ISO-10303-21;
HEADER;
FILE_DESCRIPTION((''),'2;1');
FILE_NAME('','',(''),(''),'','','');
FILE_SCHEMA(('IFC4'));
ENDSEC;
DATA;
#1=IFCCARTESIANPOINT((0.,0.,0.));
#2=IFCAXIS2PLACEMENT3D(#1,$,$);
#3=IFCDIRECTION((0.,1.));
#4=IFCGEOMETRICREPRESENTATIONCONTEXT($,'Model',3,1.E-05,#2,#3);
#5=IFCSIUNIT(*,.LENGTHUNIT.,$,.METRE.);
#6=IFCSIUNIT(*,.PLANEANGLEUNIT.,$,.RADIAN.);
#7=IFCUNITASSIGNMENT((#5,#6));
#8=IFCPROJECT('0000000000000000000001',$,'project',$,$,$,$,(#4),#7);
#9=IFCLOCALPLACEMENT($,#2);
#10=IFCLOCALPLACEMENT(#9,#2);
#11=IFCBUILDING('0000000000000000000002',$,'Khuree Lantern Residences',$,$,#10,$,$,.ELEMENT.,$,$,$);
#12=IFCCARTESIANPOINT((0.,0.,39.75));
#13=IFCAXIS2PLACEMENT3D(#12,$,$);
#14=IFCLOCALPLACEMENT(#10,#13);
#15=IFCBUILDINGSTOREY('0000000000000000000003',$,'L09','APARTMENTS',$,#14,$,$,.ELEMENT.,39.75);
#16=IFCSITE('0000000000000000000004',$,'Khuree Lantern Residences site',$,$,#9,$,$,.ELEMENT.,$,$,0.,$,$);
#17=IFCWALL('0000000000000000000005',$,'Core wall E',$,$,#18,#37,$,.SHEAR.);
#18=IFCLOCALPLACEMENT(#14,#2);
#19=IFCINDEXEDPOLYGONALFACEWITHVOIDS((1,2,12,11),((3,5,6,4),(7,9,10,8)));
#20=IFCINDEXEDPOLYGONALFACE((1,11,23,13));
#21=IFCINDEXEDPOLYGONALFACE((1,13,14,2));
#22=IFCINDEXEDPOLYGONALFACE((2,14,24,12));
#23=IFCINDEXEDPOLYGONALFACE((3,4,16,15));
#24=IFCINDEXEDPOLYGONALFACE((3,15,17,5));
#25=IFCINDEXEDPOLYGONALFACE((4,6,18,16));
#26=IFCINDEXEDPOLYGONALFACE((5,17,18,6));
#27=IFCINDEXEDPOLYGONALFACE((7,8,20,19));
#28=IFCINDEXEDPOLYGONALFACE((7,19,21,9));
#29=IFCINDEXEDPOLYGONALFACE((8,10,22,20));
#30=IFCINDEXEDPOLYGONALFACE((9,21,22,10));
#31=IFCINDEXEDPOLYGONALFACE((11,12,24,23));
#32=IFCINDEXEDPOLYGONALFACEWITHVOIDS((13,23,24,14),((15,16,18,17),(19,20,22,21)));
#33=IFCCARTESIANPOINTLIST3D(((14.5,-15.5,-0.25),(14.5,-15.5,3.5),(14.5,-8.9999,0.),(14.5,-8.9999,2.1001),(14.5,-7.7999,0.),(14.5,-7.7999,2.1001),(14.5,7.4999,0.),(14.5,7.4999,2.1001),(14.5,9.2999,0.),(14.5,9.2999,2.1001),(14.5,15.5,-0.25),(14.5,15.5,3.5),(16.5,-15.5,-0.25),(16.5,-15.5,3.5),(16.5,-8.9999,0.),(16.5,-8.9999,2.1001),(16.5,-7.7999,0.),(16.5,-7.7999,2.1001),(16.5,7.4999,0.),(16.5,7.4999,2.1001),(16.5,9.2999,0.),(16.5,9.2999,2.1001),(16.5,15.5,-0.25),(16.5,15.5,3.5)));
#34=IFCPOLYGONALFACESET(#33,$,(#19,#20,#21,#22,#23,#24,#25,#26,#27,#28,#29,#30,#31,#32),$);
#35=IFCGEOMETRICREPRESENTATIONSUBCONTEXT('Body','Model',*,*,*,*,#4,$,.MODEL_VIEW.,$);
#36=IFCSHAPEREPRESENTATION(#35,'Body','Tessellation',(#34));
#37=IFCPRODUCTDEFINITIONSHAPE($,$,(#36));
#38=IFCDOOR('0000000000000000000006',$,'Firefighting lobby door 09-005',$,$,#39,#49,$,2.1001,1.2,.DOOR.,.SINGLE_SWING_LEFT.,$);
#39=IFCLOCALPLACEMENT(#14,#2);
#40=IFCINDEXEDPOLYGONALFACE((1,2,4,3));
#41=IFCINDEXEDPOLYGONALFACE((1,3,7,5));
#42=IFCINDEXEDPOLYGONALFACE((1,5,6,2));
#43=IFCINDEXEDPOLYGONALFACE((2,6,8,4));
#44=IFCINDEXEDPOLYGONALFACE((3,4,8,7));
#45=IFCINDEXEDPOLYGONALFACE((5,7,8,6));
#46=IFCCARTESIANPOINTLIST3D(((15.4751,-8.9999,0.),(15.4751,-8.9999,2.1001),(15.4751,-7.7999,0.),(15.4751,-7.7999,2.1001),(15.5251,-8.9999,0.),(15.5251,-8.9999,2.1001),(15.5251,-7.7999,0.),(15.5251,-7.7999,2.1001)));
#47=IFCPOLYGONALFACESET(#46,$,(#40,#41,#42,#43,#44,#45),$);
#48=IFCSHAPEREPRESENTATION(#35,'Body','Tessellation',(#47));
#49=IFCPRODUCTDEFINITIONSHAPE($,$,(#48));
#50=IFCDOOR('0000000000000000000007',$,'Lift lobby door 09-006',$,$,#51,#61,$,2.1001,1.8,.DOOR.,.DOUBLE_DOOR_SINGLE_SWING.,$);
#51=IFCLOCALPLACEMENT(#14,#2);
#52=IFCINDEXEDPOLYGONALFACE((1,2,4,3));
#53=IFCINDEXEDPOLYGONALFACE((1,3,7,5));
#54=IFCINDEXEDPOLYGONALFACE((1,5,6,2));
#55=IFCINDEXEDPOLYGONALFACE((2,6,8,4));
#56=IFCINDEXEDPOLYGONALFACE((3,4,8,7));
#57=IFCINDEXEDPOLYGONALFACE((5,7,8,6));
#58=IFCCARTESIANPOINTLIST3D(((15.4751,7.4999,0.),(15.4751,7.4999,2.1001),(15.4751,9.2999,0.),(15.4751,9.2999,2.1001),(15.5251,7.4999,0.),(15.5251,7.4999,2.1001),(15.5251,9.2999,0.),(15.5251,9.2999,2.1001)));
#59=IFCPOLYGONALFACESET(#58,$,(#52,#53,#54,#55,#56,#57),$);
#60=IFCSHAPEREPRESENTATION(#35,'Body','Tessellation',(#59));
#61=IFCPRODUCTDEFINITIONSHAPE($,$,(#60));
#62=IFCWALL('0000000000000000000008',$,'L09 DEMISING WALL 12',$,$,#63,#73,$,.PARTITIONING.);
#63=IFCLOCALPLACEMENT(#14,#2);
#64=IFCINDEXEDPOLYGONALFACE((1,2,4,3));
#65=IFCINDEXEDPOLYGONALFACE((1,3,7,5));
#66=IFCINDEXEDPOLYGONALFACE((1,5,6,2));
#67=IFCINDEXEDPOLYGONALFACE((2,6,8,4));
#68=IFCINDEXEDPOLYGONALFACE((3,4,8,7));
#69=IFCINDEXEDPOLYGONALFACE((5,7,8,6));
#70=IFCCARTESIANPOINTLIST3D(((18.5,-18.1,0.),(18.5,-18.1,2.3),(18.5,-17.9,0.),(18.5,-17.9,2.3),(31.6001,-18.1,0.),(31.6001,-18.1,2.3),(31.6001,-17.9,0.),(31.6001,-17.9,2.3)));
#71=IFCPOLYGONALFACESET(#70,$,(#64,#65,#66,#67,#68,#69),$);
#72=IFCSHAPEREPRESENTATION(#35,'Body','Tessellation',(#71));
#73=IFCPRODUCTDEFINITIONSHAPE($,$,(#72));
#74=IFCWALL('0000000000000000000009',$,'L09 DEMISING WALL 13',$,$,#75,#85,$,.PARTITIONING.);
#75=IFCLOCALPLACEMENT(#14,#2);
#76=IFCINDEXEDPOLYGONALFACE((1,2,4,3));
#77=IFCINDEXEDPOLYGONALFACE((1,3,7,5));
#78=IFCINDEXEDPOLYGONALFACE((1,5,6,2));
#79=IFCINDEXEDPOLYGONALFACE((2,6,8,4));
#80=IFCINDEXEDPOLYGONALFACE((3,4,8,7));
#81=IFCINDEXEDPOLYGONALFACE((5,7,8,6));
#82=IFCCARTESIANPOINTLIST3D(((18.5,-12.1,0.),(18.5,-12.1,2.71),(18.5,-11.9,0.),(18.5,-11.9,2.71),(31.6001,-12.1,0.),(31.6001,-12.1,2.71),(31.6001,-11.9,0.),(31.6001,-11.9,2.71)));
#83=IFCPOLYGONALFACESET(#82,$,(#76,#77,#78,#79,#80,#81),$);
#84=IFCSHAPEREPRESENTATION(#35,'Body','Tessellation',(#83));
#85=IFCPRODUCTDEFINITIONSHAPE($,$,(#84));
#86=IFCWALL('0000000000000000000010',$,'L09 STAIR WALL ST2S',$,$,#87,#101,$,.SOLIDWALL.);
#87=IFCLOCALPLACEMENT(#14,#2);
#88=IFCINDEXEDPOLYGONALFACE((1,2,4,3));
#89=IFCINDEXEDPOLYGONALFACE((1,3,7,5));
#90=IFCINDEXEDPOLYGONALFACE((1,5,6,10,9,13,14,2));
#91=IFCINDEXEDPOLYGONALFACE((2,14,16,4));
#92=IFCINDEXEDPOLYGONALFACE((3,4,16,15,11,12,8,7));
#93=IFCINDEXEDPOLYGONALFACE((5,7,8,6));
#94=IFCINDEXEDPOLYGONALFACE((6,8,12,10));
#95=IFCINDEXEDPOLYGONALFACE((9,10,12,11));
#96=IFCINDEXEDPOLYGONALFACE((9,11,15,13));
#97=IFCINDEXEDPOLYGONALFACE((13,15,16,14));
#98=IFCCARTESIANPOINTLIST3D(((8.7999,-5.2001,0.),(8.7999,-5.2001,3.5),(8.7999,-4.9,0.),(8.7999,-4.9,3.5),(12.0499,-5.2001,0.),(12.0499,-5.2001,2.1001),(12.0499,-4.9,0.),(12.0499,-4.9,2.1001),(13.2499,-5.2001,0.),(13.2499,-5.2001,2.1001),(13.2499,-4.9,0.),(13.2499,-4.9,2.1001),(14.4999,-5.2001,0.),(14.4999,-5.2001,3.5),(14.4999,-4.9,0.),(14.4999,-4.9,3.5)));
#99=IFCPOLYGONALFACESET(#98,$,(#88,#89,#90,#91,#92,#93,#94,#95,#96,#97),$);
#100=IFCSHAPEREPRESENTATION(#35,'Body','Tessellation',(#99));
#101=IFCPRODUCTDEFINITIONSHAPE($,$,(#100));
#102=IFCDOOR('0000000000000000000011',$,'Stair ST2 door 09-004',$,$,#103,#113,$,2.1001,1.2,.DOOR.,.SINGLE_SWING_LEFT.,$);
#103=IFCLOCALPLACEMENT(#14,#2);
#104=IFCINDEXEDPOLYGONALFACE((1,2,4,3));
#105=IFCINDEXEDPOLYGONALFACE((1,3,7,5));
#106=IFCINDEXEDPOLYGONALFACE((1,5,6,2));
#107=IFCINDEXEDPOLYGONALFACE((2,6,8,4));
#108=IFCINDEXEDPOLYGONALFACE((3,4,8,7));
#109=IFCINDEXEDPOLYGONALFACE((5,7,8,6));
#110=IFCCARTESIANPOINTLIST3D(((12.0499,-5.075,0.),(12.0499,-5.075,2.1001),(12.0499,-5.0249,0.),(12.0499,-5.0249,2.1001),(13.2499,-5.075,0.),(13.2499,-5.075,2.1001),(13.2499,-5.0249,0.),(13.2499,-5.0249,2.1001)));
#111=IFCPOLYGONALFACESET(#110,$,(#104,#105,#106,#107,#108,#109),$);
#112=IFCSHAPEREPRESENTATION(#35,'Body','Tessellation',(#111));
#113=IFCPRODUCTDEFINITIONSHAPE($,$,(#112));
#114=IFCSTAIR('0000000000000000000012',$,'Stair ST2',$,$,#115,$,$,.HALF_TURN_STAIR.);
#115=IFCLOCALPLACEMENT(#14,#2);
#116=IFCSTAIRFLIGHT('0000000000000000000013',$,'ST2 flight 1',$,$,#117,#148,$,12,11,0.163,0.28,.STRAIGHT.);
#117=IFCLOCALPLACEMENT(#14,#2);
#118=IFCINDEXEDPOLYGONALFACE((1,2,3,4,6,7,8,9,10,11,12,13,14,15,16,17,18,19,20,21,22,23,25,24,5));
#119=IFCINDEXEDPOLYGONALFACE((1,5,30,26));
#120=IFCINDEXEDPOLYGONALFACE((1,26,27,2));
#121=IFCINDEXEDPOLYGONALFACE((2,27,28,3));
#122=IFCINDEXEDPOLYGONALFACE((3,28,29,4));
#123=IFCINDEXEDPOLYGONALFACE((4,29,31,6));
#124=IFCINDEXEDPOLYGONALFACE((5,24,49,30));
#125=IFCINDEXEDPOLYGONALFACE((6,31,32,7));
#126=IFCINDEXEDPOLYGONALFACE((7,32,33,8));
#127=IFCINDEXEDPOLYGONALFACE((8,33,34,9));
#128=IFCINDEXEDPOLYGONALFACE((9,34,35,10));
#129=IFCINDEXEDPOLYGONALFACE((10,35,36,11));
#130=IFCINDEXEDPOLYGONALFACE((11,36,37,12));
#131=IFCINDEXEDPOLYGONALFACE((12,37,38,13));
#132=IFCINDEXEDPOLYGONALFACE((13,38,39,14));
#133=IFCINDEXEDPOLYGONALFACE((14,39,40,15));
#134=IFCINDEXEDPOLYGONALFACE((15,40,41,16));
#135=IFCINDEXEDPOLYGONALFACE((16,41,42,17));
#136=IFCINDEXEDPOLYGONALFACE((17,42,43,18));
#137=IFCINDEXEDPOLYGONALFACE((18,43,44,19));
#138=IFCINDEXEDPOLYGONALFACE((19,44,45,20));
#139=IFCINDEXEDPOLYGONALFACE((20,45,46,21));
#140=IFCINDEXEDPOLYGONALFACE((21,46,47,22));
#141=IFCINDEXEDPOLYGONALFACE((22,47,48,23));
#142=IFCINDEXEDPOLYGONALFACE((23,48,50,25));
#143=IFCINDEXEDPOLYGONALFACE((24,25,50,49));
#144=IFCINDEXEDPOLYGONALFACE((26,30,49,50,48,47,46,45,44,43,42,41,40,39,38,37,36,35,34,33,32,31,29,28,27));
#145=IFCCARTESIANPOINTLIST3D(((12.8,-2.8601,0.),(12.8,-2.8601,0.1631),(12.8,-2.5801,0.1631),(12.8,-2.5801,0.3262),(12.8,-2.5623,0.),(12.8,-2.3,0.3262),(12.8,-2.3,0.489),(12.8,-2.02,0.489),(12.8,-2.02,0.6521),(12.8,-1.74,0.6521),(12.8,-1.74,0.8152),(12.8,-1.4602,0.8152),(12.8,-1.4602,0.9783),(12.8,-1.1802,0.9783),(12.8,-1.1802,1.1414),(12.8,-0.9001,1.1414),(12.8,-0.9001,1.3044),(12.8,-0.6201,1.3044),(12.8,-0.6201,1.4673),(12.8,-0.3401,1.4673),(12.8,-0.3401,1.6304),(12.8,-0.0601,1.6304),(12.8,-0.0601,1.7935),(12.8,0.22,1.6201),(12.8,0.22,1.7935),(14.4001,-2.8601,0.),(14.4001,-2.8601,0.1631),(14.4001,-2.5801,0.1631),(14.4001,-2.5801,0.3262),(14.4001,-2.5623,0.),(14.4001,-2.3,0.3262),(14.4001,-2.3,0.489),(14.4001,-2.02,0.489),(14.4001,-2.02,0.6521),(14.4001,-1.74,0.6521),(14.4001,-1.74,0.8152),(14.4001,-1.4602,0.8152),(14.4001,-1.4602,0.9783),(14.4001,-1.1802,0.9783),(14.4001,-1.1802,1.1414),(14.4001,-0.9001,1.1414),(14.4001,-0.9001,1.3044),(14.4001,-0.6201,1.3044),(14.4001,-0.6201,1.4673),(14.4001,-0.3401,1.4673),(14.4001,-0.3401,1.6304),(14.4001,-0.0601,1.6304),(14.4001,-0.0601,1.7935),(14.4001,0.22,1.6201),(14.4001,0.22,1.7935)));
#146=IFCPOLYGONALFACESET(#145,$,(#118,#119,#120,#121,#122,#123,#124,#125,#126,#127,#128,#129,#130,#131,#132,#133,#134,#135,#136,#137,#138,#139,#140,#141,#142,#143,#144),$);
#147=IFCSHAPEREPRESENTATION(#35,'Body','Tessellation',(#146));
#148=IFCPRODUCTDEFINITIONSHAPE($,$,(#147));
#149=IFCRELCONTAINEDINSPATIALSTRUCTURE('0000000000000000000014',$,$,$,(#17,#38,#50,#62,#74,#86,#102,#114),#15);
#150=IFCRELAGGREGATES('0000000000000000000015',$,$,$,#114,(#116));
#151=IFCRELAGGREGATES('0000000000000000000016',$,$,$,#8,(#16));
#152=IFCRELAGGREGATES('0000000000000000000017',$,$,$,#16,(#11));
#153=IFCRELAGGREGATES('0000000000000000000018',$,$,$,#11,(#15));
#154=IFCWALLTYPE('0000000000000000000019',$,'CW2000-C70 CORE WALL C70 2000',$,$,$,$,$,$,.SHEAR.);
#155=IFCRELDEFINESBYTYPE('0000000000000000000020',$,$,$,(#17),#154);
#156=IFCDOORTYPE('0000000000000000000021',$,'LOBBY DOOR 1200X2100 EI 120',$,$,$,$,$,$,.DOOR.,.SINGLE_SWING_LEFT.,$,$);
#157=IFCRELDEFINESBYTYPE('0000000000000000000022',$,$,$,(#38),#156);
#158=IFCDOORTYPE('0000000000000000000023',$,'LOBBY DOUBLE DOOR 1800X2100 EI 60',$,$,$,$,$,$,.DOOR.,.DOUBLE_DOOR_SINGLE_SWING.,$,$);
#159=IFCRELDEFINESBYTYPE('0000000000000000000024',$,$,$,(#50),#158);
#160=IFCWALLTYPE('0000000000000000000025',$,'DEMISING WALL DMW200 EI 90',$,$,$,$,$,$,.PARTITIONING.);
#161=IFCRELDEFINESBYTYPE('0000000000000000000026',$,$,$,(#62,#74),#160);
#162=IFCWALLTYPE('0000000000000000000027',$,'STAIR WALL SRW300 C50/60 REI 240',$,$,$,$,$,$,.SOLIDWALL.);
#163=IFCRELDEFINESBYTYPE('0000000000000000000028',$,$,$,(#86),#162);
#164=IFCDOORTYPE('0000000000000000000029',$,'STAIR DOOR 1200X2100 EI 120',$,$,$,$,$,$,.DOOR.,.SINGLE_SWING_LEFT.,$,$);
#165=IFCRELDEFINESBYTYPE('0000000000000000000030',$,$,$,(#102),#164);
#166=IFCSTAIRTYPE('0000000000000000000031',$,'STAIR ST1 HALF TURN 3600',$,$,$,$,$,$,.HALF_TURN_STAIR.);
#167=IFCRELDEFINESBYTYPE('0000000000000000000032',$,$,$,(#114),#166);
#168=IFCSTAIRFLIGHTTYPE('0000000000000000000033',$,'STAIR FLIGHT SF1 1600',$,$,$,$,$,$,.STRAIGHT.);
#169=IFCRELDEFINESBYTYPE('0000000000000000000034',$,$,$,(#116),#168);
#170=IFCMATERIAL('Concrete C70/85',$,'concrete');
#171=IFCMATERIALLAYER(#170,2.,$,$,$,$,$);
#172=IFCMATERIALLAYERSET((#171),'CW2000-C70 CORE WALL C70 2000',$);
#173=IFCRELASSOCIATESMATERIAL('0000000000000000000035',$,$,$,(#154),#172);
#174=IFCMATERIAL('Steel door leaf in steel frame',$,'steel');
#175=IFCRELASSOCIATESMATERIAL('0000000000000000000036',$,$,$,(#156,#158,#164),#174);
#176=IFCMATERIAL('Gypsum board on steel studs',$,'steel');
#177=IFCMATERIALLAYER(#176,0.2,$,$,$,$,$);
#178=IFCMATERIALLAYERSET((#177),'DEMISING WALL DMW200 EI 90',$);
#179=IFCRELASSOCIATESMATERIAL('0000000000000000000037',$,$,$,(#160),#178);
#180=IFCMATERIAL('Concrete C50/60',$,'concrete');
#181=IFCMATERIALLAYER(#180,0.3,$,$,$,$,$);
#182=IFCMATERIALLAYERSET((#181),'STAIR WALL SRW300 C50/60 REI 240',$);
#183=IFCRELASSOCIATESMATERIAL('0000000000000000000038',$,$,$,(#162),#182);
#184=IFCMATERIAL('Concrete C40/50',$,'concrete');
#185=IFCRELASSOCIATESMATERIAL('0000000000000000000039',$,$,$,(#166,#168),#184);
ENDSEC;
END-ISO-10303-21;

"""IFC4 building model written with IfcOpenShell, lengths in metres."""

from ifc_helpers import new_model, si_unit, direction, frame, frame_2d, origin, place, context, subcontext, project, spatial, polyline, rectangle, outline, extrude, material, layer, layer_set, type_object, element, fill, aggregate, save


model = new_model("IFC4")

# Units and contexts
model_context = context("Model", 3, precision=1e-05, world=origin(), true_north=direction((0.0, 1.0)))
body_context = subcontext(model_context, "Body", "Model", "MODEL_VIEW")
ifc_project = project(units=[si_unit("LENGTHUNIT", "METRE"), si_unit("PLANEANGLEUNIT", "RADIAN")], contexts=[model_context])

# Site, building, storey
site_placement = place(None, origin())
site = spatial("IfcSite", under=ifc_project, at=site_placement, Name="Khuree Lantern Residences site", CompositionType="ELEMENT", RefElevation=0.0)
building_placement = place(site_placement, origin())
building = spatial("IfcBuilding", under=site, at=building_placement, Name="Khuree Lantern Residences", CompositionType="ELEMENT")
storey_placement = place(building_placement, frame((0.0, 0.0, 39.75)))
storey = spatial("IfcBuildingStorey", under=building, at=storey_placement, Name="L09", Description="APARTMENTS", CompositionType="ELEMENT", Elevation=39.75)

# Shared definitions
ifc_material_1 = material(Name="Concrete C70/85", Category="concrete")

# Shared definitions
ifc_material_2 = material(Name="Gypsum board on steel studs", Category="steel")

# Wall, openings, doors
ifc_layer_1 = layer(ifc_material_1, 2.0)
ifc_layer_set_1 = layer_set([ifc_layer_1], Name="CW2000-C70 CORE WALL C70 2000")
wall_type_1 = type_object("IfcWallType", Name="CW2000-C70 CORE WALL C70 2000", PredefinedType="SHEAR", material=ifc_layer_set_1)
wall_1_placement = place(storey_placement, frame((15.5, -15.5, -0.25), z_axis=(0.0, 0.0, 1.0), x_axis=(0.0, 1.0, 0.0)))
wall_1 = element("IfcWall", 1, at=wall_1_placement, inside=storey, type_object=wall_type_1, Name="Core wall E", PredefinedType="SHEAR", context=body_context, shape_type="SweptSolid", body=[
    extrude(rectangle(XDim=31.0, YDim=2.0, at=frame_2d((15.5, 0.0))), origin(), (0.0, 0.0, 1.0), 3.75),
])
opening_1_placement = place(wall_1_placement, frame((6.5, 0.0, 0.25)))
opening_1 = element("IfcOpeningElement", 2, at=opening_1_placement, cuts=wall_1, PredefinedType="OPENING", context=body_context, shape_type="SweptSolid", body=[
    extrude(rectangle(XDim=1.2, YDim=2.1001, at=frame_2d((0.6001, 1.05))), frame((0.0, 1.01, 0.0), z_axis=(0.0, -1.0, 0.0), x_axis=(1.0, 0.0, 0.0)), (0.0, 0.0, 1.0), 2.02),
])
opening_2_placement = place(wall_1_placement, frame((23.0, 0.0, 0.25)))
opening_2 = element("IfcOpeningElement", 3, at=opening_2_placement, cuts=wall_1, PredefinedType="OPENING", context=body_context, shape_type="SweptSolid", body=[
    extrude(rectangle(XDim=1.8, YDim=2.1001, at=frame_2d((0.8999, 1.05))), frame((0.0, 1.01, 0.0), z_axis=(0.0, -1.0, 0.0), x_axis=(1.0, 0.0, 0.0)), (0.0, 0.0, 1.0), 2.02),
])
ifc_material_3 = material(Name="Steel door leaf in steel frame", Category="steel")
door_type_1 = type_object("IfcDoorType", Name="LOBBY DOOR 1200X2100 EI 120", OperationType="SINGLE_SWING_LEFT", PredefinedType="DOOR", material=ifc_material_3)
door_1_placement = place(opening_1_placement, origin())
door_1 = element("IfcDoor", 4, at=door_1_placement, inside=storey, type_object=door_type_1, Name="Firefighting lobby door 09-005", OperationType="SINGLE_SWING_LEFT", OverallHeight=2.1001, OverallWidth=1.2, PredefinedType="DOOR", context=body_context, shape_type="SweptSolid", body=[
    extrude(rectangle(XDim=1.2, YDim=2.1001, at=frame_2d((0.6001, 1.05))), frame((0.0, 0.0249, 0.0), z_axis=(0.0, -1.0, 0.0), x_axis=(1.0, 0.0, 0.0)), (0.0, 0.0, 1.0), 0.05),
])
fill(opening_1, door_1)
door_type_2 = type_object("IfcDoorType", Name="LOBBY DOUBLE DOOR 1800X2100 EI 60", OperationType="DOUBLE_DOOR_SINGLE_SWING", PredefinedType="DOOR", material=ifc_material_3)
door_2_placement = place(opening_2_placement, origin())
door_2 = element("IfcDoor", 5, at=door_2_placement, inside=storey, type_object=door_type_2, Name="Lift lobby door 09-006", OperationType="DOUBLE_DOOR_SINGLE_SWING", OverallHeight=2.1001, OverallWidth=1.8, PredefinedType="DOOR", context=body_context, shape_type="SweptSolid", body=[
    extrude(rectangle(XDim=1.8, YDim=2.1001, at=frame_2d((0.8999, 1.05))), frame((0.0, 0.0249, 0.0), z_axis=(0.0, -1.0, 0.0), x_axis=(1.0, 0.0, 0.0)), (0.0, 0.0, 1.0), 0.05),
])
fill(opening_2, door_2)

# Walls
ifc_layer_2 = layer(ifc_material_2, 0.2)
ifc_layer_set_2 = layer_set([ifc_layer_2], Name="DEMISING WALL DMW200 EI 90")
wall_type_2 = type_object("IfcWallType", Name="DEMISING WALL DMW200 EI 90", PredefinedType="PARTITIONING", material=ifc_layer_set_2)
wall_2_placement = place(storey_placement, frame((18.5, -18.0, 0.0), z_axis=(0.0, 0.0, 1.0), x_axis=(1.0, 0.0, 0.0)))
element("IfcWall", 6, at=wall_2_placement, inside=storey, type_object=wall_type_2, Name="L09 DEMISING WALL 12", PredefinedType="PARTITIONING", context=body_context, shape_type="SweptSolid", body=[
    extrude(rectangle(XDim=13.1001, YDim=0.2, at=frame_2d((6.55, 0.0))), origin(), (0.0, 0.0, 1.0), 2.3),
])
wall_3_placement = place(storey_placement, frame((18.5, -12.0, 0.0), z_axis=(0.0, 0.0, 1.0), x_axis=(1.0, 0.0, 0.0)))
element("IfcWall", 7, at=wall_3_placement, inside=storey, type_object=wall_type_2, Name="L09 DEMISING WALL 13", PredefinedType="PARTITIONING", context=body_context, shape_type="SweptSolid", body=[
    extrude(rectangle(XDim=13.1001, YDim=0.2, at=frame_2d((6.55, 0.0))), origin(), (0.0, 0.0, 1.0), 2.71),
])

# Wall, opening, door
ifc_material_4 = material(Name="Concrete C50/60", Category="concrete")
ifc_layer_3 = layer(ifc_material_4, 0.3)
ifc_layer_set_3 = layer_set([ifc_layer_3], Name="STAIR WALL SRW300 C50/60 REI 240")
wall_type_3 = type_object("IfcWallType", Name="STAIR WALL SRW300 C50/60 REI 240", PredefinedType="SOLIDWALL", material=ifc_layer_set_3)
wall_4_placement = place(storey_placement, frame((14.5, -5.05, 0.0), z_axis=(0.0, 0.0, 1.0), x_axis=(-1.0, 0.0, 0.0)))
wall_4 = element("IfcWall", 8, at=wall_4_placement, inside=storey, type_object=wall_type_3, Name="L09 STAIR WALL ST2S", PredefinedType="SOLIDWALL", context=body_context, shape_type="SweptSolid", body=[
    extrude(rectangle(XDim=5.7, YDim=0.3, at=frame_2d((2.8501, 0.0))), origin(), (0.0, 0.0, 1.0), 3.5),
])
opening_3_placement = place(wall_4_placement, frame((1.25, 0.0, 0.0)))
opening_3 = element("IfcOpeningElement", 9, at=opening_3_placement, cuts=wall_4, PredefinedType="OPENING", context=body_context, shape_type="SweptSolid", body=[
    extrude(rectangle(XDim=1.2, YDim=2.1001, at=frame_2d((0.6001, 1.05))), frame((0.0, 0.1602, 0.0), z_axis=(0.0, -1.0, 0.0), x_axis=(1.0, 0.0, 0.0)), (0.0, 0.0, 1.0), 0.3201),
])
door_type_3 = type_object("IfcDoorType", Name="STAIR DOOR 1200X2100 EI 120", OperationType="SINGLE_SWING_LEFT", PredefinedType="DOOR", material=ifc_material_3)
door_3_placement = place(opening_3_placement, origin())
door_3 = element("IfcDoor", 10, at=door_3_placement, inside=storey, type_object=door_type_3, Name="Stair ST2 door 09-004", OperationType="SINGLE_SWING_LEFT", OverallHeight=2.1001, OverallWidth=1.2, PredefinedType="DOOR", context=body_context, shape_type="SweptSolid", body=[
    extrude(rectangle(XDim=1.2, YDim=2.1001, at=frame_2d((0.6001, 1.05))), frame((0.0, 0.0249, 0.0), z_axis=(0.0, -1.0, 0.0), x_axis=(1.0, 0.0, 0.0)), (0.0, 0.0, 1.0), 0.05),
])
fill(opening_3, door_3)

# Stair, stair flight
ifc_material_5 = material(Name="Concrete C40/50", Category="concrete")
stair_type = type_object("IfcStairType", Name="STAIR ST1 HALF TURN 3600", PredefinedType="HALF_TURN_STAIR", material=ifc_material_5)
stair_placement = place(storey_placement, origin())
stair = element("IfcStair", 11, at=stair_placement, inside=storey, type_object=stair_type, Name="Stair ST2", PredefinedType="HALF_TURN_STAIR")
stair_flight_type = type_object("IfcStairFlightType", Name="STAIR FLIGHT SF1 1600", PredefinedType="STRAIGHT", material=ifc_material_5)
stair_flight_placement = place(storey_placement, frame((13.6001, -2.8601, 0.0), z_axis=(0.0, 0.0, 1.0), x_axis=(0.0, 1.0, 0.0)))
stair_flight = element("IfcStairFlight", 12, at=stair_flight_placement, type_object=stair_flight_type, Name="ST2 flight 1", NumberOfRisers=12, NumberOfTreads=11, PredefinedType="STRAIGHT", RiserHeight=0.163, TreadLength=0.28, context=body_context, shape_type="SweptSolid", body=[
    extrude(outline(polyline([(0.0, 0.0), (0.0, 0.1631), (0.28, 0.1631), (0.28, 0.3262), (0.5601, 0.3262), (0.5601, 0.489), (0.8401, 0.489), (0.8401, 0.6521), (1.1201, 0.6521), (1.1201, 0.8152), (1.3999, 0.8152), (1.3999, 0.9783), (1.6799, 0.9783), (1.6799, 1.1414), (1.96, 1.1414), (1.96, 1.3044), (2.24, 1.3044), (2.24, 1.4673), (2.52, 1.4673), (2.52, 1.6304), (2.8, 1.6304), (2.8, 1.7935), (3.0801, 1.7935), (3.0801, 1.9565), (3.0801, 1.6201), (0.2979, 0.0), (0.0, 0.0)])), frame((0.0, 0.8, 0.0), z_axis=(0.0, -1.0, 0.0), x_axis=(1.0, 0.0, 0.0)), (0.0, 0.0, 1.0), 1.6001),
])
aggregate(stair, [stair_flight])

save(model, "model.ifc")
